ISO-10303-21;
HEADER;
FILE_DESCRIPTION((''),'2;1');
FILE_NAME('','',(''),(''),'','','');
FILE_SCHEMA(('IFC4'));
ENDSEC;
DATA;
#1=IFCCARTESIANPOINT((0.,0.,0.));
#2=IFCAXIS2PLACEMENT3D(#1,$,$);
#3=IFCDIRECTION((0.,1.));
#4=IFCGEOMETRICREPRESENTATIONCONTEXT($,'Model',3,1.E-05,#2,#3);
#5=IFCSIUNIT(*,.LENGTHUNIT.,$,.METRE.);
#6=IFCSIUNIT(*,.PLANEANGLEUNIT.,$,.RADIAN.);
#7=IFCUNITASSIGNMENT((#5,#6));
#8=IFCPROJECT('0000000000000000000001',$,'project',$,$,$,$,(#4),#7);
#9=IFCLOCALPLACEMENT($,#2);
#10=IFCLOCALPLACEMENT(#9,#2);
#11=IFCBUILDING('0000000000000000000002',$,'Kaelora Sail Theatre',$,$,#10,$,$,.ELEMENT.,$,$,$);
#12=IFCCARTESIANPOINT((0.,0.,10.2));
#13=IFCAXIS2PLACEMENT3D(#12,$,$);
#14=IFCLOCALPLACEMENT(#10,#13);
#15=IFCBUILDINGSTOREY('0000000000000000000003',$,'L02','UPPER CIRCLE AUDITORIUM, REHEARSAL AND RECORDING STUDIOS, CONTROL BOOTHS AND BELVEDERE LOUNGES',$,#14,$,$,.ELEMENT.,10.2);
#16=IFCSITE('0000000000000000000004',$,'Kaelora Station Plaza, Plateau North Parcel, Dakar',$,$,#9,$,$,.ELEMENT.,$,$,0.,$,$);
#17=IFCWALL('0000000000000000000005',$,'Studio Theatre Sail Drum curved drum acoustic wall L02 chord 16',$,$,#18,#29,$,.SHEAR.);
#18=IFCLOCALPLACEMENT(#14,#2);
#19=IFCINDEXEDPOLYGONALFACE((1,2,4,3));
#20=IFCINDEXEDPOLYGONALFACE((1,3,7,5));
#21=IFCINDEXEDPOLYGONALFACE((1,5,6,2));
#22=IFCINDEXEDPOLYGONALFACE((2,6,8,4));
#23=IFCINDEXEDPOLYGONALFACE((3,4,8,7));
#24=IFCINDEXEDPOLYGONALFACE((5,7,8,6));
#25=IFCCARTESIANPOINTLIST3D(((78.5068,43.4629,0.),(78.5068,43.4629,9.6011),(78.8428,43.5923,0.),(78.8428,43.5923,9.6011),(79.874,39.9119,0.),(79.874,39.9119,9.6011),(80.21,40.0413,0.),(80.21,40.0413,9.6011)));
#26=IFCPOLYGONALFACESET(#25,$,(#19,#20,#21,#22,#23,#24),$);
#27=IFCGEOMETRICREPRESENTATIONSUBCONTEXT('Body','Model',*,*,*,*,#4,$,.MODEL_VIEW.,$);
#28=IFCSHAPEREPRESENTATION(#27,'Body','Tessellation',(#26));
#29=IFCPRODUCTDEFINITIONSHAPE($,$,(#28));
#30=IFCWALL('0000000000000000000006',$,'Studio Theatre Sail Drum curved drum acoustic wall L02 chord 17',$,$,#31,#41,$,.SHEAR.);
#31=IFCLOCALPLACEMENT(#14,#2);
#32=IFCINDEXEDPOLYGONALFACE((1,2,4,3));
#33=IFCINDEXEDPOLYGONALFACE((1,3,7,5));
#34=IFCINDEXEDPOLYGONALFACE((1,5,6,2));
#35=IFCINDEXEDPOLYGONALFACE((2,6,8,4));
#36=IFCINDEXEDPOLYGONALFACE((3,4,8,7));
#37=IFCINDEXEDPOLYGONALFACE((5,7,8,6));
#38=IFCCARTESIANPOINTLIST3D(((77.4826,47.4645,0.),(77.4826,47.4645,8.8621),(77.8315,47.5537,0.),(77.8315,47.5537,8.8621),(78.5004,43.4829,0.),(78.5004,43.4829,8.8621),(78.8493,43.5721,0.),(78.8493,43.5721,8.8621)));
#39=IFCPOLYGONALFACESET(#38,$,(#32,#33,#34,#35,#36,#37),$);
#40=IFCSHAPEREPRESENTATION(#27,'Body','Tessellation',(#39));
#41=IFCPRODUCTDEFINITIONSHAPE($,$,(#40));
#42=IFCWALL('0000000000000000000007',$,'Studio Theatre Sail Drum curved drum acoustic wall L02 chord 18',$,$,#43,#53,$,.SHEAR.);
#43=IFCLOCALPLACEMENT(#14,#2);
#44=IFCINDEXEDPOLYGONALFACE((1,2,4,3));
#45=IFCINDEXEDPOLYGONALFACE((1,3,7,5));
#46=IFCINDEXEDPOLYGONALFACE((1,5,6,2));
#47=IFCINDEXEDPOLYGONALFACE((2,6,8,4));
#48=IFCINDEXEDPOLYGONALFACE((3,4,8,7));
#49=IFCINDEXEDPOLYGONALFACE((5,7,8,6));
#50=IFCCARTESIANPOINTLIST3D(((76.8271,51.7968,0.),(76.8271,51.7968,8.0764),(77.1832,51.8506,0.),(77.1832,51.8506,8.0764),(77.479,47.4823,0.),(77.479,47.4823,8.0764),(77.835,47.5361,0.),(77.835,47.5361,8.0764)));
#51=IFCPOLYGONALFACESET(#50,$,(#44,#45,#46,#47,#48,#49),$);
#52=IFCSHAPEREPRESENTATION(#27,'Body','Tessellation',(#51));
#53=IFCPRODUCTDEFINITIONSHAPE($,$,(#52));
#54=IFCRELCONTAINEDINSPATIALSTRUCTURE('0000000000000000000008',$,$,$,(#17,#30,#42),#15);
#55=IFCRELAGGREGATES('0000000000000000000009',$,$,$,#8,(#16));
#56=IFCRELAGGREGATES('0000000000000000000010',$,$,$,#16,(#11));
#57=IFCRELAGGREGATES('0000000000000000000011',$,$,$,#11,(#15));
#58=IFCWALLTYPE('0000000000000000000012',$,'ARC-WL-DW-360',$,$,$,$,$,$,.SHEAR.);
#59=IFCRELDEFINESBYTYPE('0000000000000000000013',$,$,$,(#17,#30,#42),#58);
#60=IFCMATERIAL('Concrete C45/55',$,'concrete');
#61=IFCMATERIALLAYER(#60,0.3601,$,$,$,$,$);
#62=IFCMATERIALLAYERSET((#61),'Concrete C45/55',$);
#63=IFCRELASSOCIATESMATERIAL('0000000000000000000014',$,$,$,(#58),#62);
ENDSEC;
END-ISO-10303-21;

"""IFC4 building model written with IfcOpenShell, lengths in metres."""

from ifc_helpers import new_model, si_unit, direction, frame, frame_2d, origin, place, context, subcontext, project, spatial, rectangle, extrude, material, layer, layer_set, type_object, element, save


model = new_model("IFC4")

# Units and contexts
model_context = context("Model", 3, precision=1e-05, world=origin(), true_north=direction((0.0, 1.0)))
body_context = subcontext(model_context, "Body", "Model", "MODEL_VIEW")
ifc_project = project(units=[si_unit("LENGTHUNIT", "METRE"), si_unit("PLANEANGLEUNIT", "RADIAN")], contexts=[model_context])

# Site, building, storey
site_placement = place(None, origin())
site = spatial("IfcSite", under=ifc_project, at=site_placement, Name="Kaelora Station Plaza, Plateau North Parcel, Dakar", CompositionType="ELEMENT", RefElevation=0.0)
building_placement = place(site_placement, origin())
building = spatial("IfcBuilding", under=site, at=building_placement, Name="Kaelora Sail Theatre", CompositionType="ELEMENT")
storey_placement = place(building_placement, frame((0.0, 0.0, 10.2)))
storey = spatial("IfcBuildingStorey", under=building, at=storey_placement, Name="L02", Description="UPPER CIRCLE AUDITORIUM, REHEARSAL AND RECORDING STUDIOS, CONTROL BOOTHS AND BELVEDERE LOUNGES", CompositionType="ELEMENT", Elevation=10.2)

# Walls
ifc_material_1 = material(Name="Concrete C45/55", Category="concrete")
ifc_layer = layer(ifc_material_1, 0.3601)
ifc_layer_set = layer_set([ifc_layer], Name="Concrete C45/55")
wall_type = type_object("IfcWallType", Name="ARC-WL-DW-360", PredefinedType="SHEAR", material=ifc_layer_set)
wall_1_placement = place(storey_placement, frame((80.042, 39.9766, 0.0), z_axis=(0.0, 0.0, 1.0), x_axis=(-0.359302, 0.933222, 0.0)))
element("IfcWall", 1, at=wall_1_placement, inside=storey, type_object=wall_type, Name="Studio Theatre Sail Drum curved drum acoustic wall L02 chord 16", PredefinedType="SHEAR", context=body_context, shape_type="SweptSolid", body=[
    extrude(rectangle(XDim=3.8052, YDim=0.3601, at=frame_2d((1.9026, 0.0))), origin(), (0.0, 0.0, 1.0), 9.6011),
])
wall_2_placement = place(storey_placement, frame((78.6748, 43.5276, 0.0), z_axis=(0.0, 0.0, 1.0), x_axis=(-0.247662, 0.968846, 0.0)))
element("IfcWall", 2, at=wall_2_placement, inside=storey, type_object=wall_type, Name="Studio Theatre Sail Drum curved drum acoustic wall L02 chord 17", PredefinedType="SHEAR", context=body_context, shape_type="SweptSolid", body=[
    extrude(rectangle(XDim=4.1096, YDim=0.3601, at=frame_2d((2.0547, 0.0))), origin(), (0.0, 0.0, 1.0), 8.8621),
])
wall_3_placement = place(storey_placement, frame((77.657, 47.5093, 0.0), z_axis=(0.0, 0.0, 1.0), x_axis=(-0.149391, 0.988778, 0.0)))
element("IfcWall", 3, at=wall_3_placement, inside=storey, type_object=wall_type, Name="Studio Theatre Sail Drum curved drum acoustic wall L02 chord 18", PredefinedType="SHEAR", context=body_context, shape_type="SweptSolid", body=[
    extrude(rectangle(XDim=4.3635, YDim=0.3601, at=frame_2d((2.1816, 0.0))), origin(), (0.0, 0.0, 1.0), 8.0764),
])

save(model, "model.ifc")
